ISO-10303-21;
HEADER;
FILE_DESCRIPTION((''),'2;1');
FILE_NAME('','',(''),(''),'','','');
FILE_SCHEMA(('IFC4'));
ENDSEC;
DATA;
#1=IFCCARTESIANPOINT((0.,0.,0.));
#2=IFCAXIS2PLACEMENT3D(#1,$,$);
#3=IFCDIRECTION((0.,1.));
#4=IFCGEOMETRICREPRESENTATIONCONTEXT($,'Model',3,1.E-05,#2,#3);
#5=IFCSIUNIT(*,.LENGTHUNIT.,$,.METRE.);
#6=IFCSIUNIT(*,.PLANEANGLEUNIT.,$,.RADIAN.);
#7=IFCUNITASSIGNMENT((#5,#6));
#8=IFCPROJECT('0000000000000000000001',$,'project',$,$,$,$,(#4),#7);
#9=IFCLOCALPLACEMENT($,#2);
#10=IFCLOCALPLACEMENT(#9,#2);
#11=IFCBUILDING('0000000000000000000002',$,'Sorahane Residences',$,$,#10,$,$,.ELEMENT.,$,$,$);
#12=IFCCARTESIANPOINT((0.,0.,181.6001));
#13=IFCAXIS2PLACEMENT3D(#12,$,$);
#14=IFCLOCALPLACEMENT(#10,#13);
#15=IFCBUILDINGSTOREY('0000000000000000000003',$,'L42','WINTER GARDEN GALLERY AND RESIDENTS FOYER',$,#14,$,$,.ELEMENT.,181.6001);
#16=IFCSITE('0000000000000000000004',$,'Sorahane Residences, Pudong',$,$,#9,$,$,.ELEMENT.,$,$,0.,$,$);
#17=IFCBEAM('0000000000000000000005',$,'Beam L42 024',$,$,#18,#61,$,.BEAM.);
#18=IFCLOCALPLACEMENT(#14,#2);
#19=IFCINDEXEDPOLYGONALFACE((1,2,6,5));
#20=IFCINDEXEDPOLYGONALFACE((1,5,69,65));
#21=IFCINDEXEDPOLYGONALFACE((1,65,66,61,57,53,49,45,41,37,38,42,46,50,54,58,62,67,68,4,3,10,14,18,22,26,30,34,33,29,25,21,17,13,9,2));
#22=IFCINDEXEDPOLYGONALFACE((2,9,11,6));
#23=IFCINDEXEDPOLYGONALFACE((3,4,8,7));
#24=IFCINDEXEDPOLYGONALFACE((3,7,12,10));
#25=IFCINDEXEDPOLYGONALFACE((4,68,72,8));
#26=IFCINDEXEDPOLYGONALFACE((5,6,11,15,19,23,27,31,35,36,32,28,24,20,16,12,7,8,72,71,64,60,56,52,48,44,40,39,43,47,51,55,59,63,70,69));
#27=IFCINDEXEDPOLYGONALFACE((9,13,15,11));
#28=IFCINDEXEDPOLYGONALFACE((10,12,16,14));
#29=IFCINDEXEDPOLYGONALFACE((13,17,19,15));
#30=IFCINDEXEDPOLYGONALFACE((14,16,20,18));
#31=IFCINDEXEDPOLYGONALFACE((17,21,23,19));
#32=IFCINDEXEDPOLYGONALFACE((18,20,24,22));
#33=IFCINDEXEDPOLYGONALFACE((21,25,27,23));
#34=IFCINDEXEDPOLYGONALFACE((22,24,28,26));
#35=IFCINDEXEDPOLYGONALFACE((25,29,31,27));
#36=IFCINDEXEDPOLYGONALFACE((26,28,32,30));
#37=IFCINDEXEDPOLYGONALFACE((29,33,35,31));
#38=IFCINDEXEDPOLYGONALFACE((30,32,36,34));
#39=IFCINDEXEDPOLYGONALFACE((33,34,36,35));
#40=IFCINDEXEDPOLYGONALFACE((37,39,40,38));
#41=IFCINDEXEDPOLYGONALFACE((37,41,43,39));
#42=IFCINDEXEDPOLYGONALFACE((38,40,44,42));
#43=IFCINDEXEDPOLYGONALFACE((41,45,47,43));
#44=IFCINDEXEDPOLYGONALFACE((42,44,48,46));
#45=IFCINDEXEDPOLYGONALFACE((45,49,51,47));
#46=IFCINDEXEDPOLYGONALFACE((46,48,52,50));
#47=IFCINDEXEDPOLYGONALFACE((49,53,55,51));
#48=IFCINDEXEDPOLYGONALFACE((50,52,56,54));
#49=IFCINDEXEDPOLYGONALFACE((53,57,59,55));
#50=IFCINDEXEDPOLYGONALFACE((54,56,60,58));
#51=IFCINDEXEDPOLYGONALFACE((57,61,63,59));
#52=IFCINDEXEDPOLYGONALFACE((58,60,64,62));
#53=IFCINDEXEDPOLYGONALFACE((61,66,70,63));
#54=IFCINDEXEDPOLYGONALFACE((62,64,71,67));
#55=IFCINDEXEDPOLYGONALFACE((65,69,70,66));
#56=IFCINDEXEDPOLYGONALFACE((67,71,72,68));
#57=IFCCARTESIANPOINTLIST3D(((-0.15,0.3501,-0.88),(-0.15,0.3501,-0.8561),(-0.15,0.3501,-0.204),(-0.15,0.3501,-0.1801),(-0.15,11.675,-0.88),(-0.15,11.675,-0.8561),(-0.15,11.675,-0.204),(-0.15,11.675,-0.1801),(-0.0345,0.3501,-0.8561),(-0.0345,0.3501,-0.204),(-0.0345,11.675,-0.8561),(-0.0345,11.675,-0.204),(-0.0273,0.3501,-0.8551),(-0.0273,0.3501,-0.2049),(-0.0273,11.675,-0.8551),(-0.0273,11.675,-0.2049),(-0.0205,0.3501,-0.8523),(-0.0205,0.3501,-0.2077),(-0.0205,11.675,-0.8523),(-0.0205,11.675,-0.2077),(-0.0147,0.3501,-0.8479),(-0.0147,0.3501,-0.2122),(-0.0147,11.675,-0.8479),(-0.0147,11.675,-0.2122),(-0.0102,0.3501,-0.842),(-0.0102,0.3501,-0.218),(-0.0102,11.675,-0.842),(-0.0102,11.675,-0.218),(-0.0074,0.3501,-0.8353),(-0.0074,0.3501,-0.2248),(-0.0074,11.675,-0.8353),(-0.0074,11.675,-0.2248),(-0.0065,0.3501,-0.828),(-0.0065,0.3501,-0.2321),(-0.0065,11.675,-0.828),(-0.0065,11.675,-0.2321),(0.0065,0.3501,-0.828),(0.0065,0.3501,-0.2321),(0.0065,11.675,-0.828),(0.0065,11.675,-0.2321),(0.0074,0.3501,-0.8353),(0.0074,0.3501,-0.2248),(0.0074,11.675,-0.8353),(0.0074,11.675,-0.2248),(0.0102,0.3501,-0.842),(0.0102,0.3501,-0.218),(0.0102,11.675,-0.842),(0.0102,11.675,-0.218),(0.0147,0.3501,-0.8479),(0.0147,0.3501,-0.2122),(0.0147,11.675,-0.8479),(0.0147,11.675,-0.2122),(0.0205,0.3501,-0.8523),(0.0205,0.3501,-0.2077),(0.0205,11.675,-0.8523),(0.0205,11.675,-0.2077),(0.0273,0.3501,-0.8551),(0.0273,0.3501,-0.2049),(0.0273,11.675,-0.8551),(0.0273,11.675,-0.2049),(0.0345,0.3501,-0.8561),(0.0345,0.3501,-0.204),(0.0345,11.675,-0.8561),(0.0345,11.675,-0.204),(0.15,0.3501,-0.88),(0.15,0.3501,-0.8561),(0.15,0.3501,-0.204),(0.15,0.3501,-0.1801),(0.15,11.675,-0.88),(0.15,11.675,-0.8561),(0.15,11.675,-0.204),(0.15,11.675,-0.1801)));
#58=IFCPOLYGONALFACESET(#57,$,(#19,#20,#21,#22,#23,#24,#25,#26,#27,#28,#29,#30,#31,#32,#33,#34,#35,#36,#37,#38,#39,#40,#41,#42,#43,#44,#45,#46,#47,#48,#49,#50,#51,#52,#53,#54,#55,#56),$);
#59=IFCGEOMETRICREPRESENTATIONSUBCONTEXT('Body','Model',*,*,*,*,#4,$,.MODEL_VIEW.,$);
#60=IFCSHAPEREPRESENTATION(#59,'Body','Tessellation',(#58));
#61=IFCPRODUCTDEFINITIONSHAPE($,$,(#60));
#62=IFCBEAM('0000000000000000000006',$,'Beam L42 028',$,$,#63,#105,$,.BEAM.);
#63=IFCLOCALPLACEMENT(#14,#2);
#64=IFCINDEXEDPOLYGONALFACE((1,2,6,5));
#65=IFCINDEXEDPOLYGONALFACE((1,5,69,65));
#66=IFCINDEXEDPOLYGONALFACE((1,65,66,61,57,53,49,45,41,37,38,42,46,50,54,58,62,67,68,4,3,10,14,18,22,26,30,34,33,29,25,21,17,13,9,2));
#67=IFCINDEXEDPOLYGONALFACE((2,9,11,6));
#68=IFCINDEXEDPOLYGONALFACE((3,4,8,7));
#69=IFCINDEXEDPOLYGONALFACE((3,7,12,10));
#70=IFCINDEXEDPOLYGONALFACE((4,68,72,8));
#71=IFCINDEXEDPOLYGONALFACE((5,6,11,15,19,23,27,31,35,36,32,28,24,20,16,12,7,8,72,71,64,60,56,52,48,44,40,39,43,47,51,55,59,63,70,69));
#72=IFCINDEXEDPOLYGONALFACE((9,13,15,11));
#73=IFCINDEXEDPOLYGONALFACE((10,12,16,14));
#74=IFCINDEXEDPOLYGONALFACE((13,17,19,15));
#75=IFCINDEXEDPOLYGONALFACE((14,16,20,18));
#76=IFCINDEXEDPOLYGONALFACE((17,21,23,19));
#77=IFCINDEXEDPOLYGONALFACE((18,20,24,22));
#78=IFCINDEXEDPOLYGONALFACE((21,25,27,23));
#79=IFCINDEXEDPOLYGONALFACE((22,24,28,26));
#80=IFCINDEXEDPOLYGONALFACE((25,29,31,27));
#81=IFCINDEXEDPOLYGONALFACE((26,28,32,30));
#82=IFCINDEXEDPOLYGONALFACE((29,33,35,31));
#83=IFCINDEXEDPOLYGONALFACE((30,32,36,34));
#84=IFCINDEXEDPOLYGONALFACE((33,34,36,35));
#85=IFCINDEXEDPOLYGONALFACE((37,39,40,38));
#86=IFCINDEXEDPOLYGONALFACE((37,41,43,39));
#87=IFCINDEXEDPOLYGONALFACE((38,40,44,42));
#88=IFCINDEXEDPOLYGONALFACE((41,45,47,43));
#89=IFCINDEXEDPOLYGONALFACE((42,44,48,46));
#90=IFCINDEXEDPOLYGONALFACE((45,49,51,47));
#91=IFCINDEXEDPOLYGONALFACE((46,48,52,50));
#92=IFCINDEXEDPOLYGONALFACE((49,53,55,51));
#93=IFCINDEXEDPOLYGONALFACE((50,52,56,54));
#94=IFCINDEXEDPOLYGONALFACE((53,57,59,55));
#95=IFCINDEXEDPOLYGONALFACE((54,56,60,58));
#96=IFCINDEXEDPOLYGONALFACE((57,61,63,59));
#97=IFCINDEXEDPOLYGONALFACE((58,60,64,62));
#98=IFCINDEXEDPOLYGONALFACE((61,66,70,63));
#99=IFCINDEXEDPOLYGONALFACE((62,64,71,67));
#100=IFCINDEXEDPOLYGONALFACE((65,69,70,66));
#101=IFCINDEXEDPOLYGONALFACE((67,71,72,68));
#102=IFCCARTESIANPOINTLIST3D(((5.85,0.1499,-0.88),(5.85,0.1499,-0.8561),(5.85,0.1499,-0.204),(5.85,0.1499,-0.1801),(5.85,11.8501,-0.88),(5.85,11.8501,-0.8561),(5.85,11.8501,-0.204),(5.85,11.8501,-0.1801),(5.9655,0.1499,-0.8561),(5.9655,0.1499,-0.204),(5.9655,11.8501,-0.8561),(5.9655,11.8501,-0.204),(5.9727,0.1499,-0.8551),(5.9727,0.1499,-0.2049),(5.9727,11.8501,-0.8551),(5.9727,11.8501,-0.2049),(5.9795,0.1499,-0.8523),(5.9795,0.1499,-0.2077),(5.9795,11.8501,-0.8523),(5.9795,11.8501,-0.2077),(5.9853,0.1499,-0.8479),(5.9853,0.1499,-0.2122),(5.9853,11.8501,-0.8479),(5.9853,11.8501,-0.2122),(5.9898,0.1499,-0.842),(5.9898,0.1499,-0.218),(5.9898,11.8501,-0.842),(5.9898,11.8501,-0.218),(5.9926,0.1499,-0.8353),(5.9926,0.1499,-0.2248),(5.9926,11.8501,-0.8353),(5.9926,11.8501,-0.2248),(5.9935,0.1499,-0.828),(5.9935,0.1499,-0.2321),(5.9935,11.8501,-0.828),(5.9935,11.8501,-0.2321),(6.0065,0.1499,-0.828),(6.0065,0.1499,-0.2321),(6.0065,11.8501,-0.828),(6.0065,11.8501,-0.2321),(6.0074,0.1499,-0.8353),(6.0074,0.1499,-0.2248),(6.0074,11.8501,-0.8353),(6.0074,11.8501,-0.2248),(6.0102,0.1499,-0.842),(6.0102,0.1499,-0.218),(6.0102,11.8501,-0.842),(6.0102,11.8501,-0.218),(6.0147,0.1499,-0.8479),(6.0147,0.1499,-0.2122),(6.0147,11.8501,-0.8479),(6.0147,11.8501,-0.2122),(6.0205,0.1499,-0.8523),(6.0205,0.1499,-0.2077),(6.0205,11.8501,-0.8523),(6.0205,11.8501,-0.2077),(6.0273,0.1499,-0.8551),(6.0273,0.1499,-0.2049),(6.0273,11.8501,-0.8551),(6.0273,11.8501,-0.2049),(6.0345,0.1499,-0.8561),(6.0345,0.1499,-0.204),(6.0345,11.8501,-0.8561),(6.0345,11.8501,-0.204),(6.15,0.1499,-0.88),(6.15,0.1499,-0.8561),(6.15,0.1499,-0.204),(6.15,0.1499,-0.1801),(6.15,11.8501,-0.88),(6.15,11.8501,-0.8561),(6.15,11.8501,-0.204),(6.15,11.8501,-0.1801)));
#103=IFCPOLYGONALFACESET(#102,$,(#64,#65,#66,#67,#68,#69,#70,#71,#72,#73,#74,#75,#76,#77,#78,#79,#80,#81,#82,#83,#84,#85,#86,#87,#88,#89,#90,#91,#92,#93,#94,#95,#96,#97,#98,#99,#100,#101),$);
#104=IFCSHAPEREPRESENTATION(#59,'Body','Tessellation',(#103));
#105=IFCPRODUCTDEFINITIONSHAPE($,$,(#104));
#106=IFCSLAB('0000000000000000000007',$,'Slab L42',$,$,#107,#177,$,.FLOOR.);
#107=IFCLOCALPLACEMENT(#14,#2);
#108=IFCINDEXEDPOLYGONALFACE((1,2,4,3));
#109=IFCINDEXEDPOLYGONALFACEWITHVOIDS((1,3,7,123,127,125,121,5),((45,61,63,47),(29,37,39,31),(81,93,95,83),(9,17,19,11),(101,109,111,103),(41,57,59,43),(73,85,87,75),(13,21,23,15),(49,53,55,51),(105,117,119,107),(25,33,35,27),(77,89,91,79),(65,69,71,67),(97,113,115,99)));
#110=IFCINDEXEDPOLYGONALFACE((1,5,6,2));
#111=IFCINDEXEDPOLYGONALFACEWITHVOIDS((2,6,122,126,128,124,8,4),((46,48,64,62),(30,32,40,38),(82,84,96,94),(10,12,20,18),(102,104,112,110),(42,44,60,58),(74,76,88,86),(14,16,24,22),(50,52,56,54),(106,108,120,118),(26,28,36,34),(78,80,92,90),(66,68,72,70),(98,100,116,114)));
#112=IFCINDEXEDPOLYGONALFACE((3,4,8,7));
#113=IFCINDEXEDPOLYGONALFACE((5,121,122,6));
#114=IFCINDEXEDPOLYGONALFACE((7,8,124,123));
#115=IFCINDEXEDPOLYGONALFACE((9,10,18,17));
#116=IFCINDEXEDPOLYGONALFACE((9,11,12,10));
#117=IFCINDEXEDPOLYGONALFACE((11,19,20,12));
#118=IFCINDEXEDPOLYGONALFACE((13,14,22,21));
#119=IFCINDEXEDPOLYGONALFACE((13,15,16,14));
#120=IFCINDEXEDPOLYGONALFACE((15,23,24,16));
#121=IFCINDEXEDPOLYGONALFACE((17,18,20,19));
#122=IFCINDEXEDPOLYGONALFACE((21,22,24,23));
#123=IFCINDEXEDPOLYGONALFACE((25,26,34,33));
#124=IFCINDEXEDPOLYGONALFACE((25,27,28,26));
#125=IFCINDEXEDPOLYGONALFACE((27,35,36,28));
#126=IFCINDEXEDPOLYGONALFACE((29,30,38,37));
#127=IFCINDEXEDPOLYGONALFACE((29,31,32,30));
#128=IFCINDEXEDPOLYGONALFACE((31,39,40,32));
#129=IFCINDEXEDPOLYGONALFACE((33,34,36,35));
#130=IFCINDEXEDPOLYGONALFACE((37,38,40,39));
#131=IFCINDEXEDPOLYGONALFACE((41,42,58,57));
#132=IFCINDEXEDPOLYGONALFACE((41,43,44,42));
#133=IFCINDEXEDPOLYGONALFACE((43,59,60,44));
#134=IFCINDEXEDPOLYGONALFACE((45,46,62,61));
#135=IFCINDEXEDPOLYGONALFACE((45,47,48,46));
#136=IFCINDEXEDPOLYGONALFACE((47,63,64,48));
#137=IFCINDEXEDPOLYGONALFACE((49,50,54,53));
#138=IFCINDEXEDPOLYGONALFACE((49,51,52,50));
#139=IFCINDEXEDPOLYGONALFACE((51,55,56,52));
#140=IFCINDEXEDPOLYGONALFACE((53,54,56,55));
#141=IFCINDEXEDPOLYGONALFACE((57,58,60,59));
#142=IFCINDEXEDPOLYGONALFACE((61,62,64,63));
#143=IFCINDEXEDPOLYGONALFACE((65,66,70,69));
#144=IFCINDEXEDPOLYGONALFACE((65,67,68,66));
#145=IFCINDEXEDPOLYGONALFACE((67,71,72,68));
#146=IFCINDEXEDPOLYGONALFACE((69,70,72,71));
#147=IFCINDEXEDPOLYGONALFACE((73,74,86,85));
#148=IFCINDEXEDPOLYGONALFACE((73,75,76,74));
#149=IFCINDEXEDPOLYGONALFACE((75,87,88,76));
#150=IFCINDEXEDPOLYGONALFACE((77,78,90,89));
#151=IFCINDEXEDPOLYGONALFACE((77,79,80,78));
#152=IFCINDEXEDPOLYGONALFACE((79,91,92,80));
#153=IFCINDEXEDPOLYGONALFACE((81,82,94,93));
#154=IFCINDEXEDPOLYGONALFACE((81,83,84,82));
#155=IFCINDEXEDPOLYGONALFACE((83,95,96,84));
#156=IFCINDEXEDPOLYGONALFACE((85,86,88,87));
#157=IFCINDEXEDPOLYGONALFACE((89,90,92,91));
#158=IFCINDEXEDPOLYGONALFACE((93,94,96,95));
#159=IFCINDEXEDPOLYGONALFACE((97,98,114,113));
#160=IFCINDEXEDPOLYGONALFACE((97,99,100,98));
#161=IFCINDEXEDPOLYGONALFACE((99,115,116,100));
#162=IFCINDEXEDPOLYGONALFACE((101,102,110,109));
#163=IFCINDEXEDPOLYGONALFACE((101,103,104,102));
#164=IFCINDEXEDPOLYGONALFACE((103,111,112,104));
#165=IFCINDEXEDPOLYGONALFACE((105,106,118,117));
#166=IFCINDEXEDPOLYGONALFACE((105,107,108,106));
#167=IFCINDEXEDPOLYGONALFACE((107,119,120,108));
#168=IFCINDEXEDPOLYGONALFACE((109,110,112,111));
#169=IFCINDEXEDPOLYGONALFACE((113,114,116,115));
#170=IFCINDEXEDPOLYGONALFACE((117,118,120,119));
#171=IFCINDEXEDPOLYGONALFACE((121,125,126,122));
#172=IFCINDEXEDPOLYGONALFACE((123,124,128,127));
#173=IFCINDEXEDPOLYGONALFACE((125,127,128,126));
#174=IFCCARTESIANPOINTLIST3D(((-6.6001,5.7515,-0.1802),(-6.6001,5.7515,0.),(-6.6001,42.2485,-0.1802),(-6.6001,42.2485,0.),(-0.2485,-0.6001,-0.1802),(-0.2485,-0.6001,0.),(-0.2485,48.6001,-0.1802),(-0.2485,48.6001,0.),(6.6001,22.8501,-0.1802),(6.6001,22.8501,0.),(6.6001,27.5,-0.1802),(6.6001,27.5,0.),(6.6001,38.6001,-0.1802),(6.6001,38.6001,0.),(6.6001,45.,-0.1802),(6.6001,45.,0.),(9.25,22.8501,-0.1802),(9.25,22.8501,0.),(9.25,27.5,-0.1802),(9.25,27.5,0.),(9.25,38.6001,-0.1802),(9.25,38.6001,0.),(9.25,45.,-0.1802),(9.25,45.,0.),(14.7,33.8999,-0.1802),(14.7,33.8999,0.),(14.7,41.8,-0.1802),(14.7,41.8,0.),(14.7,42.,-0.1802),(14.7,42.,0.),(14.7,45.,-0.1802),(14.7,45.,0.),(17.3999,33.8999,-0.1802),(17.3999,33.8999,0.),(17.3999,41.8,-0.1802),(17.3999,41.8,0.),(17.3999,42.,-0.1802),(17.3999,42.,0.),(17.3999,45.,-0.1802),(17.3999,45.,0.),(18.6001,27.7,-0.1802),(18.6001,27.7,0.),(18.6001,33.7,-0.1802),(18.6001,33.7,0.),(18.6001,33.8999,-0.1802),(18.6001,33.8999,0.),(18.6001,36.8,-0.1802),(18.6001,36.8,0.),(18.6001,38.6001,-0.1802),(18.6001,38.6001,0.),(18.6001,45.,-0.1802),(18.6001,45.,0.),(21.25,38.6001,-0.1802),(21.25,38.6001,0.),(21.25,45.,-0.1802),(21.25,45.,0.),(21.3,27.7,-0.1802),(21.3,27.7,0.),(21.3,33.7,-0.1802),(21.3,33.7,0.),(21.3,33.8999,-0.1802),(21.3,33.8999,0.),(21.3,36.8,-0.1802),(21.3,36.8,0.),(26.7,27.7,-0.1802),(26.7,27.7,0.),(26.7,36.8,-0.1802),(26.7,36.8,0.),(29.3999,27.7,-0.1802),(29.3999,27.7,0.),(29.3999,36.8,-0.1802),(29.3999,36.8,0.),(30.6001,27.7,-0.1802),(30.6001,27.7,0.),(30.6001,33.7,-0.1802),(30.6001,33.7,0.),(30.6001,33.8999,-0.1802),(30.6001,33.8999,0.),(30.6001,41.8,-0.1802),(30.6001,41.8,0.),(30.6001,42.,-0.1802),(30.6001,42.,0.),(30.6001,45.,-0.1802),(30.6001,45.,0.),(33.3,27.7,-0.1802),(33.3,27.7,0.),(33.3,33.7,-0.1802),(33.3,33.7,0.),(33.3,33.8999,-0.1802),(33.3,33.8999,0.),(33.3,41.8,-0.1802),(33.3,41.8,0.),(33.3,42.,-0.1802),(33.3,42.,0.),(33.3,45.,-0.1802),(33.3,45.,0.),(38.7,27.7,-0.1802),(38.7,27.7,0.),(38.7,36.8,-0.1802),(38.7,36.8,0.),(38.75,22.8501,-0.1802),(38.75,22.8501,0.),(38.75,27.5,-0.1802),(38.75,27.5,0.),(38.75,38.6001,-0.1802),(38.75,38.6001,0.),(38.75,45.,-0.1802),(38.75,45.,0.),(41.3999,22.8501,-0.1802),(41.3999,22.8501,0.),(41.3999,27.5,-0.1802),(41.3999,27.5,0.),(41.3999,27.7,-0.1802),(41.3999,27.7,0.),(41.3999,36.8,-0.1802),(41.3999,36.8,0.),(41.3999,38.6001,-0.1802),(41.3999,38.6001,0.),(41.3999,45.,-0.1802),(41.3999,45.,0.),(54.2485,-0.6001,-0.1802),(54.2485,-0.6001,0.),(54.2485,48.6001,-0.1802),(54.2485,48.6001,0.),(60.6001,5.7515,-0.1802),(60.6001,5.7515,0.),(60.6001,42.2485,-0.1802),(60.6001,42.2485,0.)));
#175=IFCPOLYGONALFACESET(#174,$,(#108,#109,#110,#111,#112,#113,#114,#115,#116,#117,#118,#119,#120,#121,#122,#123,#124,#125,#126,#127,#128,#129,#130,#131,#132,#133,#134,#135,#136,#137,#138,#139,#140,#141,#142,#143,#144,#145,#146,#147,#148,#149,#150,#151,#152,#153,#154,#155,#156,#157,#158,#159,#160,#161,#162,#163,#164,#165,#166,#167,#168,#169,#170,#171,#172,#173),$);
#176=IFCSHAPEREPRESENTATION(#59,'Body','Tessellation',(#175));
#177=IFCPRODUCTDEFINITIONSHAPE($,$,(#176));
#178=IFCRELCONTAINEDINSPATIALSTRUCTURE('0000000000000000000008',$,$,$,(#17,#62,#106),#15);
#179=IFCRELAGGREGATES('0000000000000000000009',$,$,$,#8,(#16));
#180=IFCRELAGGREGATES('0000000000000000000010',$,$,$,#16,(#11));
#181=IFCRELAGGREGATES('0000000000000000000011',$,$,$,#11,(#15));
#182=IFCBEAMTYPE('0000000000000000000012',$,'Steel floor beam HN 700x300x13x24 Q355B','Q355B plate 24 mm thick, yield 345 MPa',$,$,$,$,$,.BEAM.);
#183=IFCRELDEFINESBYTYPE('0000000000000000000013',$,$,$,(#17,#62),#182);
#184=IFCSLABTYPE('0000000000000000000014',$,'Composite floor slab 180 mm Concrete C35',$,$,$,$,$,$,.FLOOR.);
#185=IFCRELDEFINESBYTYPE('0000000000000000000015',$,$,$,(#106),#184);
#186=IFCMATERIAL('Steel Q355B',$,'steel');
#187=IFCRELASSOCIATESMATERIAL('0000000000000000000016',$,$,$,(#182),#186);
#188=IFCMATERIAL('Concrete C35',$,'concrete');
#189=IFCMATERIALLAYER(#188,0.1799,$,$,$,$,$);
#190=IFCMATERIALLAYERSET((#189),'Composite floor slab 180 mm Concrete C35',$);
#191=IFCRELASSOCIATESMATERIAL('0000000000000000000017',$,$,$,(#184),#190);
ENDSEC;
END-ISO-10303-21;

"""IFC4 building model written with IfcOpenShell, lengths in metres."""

from ifc_helpers import new_model, si_unit, direction, frame, origin, origin_2d, place, context, subcontext, project, spatial, polyline, i_section, outline, extrude, material, layer, layer_set, material_profile, profile_set, type_object, element, save


model = new_model("IFC4")

# Units and contexts
model_context = context("Model", 3, precision=1e-05, world=origin(), true_north=direction((0.0, 1.0)))
body_context = subcontext(model_context, "Body", "Model", "MODEL_VIEW")
ifc_project = project(units=[si_unit("LENGTHUNIT", "METRE"), si_unit("PLANEANGLEUNIT", "RADIAN")], contexts=[model_context])

# Site, building, storey
site_placement = place(None, origin())
site = spatial("IfcSite", under=ifc_project, at=site_placement, Name="Sorahane Residences, Pudong", CompositionType="ELEMENT", RefElevation=0.0)
building_placement = place(site_placement, origin())
building = spatial("IfcBuilding", under=site, at=building_placement, Name="Sorahane Residences", CompositionType="ELEMENT")
storey_placement = place(building_placement, frame((0.0, 0.0, 181.6001)))
storey = spatial("IfcBuildingStorey", under=building, at=storey_placement, Name="L42", Description="WINTER GARDEN GALLERY AND RESIDENTS FOYER", CompositionType="ELEMENT", Elevation=181.6001)

# Beams
ifc_material_1 = material(Name="Steel Q355B", Category="steel")
ifc_material_profile_1 = material_profile(ifc_material_1, i_section(OverallWidth=0.3, OverallDepth=0.7, WebThickness=0.0129, FlangeThickness=0.0239, FilletRadius=0.0281, at=origin_2d()), Name="HN 700x300x13x24")
ifc_profile_set_1 = profile_set([ifc_material_profile_1], Name="Steel Q355B")
beam_type = type_object("IfcBeamType", Name="Steel floor beam HN 700x300x13x24 Q355B", Description="Q355B plate 24 mm thick, yield 345 MPa", PredefinedType="BEAM", material=ifc_profile_set_1)
beam_1_placement = place(storey_placement, frame((0.0, 0.3501, -0.53), z_axis=(0.0, 1.0, 0.0), x_axis=(-1.0, 0.0, 0.0)))
element("IfcBeam", 1, at=beam_1_placement, inside=storey, type_object=beam_type, Name="Beam L42 024", PredefinedType="BEAM", context=body_context, shape_type="SweptSolid", body=[
    extrude(i_section(OverallWidth=0.3, OverallDepth=0.7, WebThickness=0.0129, FlangeThickness=0.0239, FilletRadius=0.0281, at=origin_2d()), origin(), (0.0, 0.0, 1.0), 11.325),
])
beam_2_placement = place(storey_placement, frame((6.0, 0.1499, -0.53), z_axis=(0.0, 1.0, 0.0), x_axis=(-1.0, 0.0, 0.0)))
element("IfcBeam", 2, at=beam_2_placement, inside=storey, type_object=beam_type, Name="Beam L42 028", PredefinedType="BEAM", context=body_context, shape_type="SweptSolid", body=[
    extrude(i_section(OverallWidth=0.3, OverallDepth=0.7, WebThickness=0.0129, FlangeThickness=0.0239, FilletRadius=0.0281, at=origin_2d()), origin(), (0.0, 0.0, 1.0), 11.7002),
])

# Slab
ifc_material_2 = material(Name="Concrete C35", Category="concrete")
ifc_layer_1 = layer(ifc_material_2, 0.1799)
ifc_layer_set_1 = layer_set([ifc_layer_1], Name="Composite floor slab 180 mm Concrete C35")
slab_type_1 = type_object("IfcSlabType", Name="Composite floor slab 180 mm Concrete C35", PredefinedType="FLOOR", material=ifc_layer_set_1)
slab_1_placement = place(storey_placement, frame((0.0, 0.0, -0.1802)))
element("IfcSlab", 3, at=slab_1_placement, inside=storey, type_object=slab_type_1, Name="Slab L42", PredefinedType="FLOOR", context=body_context, shape_type="SweptSolid", body=[
    extrude(outline(polyline([(-0.2485, -0.6001), (-6.6001, 5.7515), (-6.6001, 42.2485), (-0.2485, 48.6001), (54.2485, 48.6001), (60.6001, 42.2485), (60.6001, 5.7515), (54.2485, -0.6001), (-0.2485, -0.6001)]), holes=[polyline([(18.6001, 27.7), (21.3, 27.7), (21.3, 33.7), (18.6001, 33.7), (18.6001, 27.7)]), polyline([(38.7, 27.7), (41.3999, 27.7), (41.3999, 36.8), (38.7, 36.8), (38.7, 27.7)]), polyline([(30.6001, 27.7), (33.3, 27.7), (33.3, 33.7), (30.6001, 33.7), (30.6001, 27.7)]), polyline([(30.6001, 42.0), (33.3, 42.0), (33.3, 45.0), (30.6001, 45.0), (30.6001, 42.0)]), polyline([(14.7, 42.0), (17.3999, 42.0), (17.3999, 45.0), (14.7, 45.0), (14.7, 42.0)]), polyline([(9.25, 38.6001), (9.25, 45.0), (6.6001, 45.0), (6.6001, 38.6001), (9.25, 38.6001)]), polyline([(41.3999, 38.6001), (41.3999, 45.0), (38.75, 45.0), (38.75, 38.6001), (41.3999, 38.6001)]), polyline([(21.25, 38.6001), (21.25, 45.0), (18.6001, 45.0), (18.6001, 38.6001), (21.25, 38.6001)]), polyline([(9.25, 22.8501), (9.25, 27.5), (6.6001, 27.5), (6.6001, 22.8501), (9.25, 22.8501)]), polyline([(41.3999, 22.8501), (41.3999, 27.5), (38.75, 27.5), (38.75, 22.8501), (41.3999, 22.8501)]), polyline([(14.7, 33.8999), (17.3999, 33.8999), (17.3999, 41.8), (14.7, 41.8), (14.7, 33.8999)]), polyline([(30.6001, 33.8999), (33.3, 33.8999), (33.3, 41.8), (30.6001, 41.8), (30.6001, 33.8999)]), polyline([(18.6001, 33.8999), (21.3, 33.8999), (21.3, 36.8), (18.6001, 36.8), (18.6001, 33.8999)]), polyline([(26.7, 27.7), (29.3999, 27.7), (29.3999, 36.8), (26.7, 36.8), (26.7, 27.7)])]), origin(), (0.0, 0.0, 1.0), 0.1802),
])

save(model, "model.ifc")
